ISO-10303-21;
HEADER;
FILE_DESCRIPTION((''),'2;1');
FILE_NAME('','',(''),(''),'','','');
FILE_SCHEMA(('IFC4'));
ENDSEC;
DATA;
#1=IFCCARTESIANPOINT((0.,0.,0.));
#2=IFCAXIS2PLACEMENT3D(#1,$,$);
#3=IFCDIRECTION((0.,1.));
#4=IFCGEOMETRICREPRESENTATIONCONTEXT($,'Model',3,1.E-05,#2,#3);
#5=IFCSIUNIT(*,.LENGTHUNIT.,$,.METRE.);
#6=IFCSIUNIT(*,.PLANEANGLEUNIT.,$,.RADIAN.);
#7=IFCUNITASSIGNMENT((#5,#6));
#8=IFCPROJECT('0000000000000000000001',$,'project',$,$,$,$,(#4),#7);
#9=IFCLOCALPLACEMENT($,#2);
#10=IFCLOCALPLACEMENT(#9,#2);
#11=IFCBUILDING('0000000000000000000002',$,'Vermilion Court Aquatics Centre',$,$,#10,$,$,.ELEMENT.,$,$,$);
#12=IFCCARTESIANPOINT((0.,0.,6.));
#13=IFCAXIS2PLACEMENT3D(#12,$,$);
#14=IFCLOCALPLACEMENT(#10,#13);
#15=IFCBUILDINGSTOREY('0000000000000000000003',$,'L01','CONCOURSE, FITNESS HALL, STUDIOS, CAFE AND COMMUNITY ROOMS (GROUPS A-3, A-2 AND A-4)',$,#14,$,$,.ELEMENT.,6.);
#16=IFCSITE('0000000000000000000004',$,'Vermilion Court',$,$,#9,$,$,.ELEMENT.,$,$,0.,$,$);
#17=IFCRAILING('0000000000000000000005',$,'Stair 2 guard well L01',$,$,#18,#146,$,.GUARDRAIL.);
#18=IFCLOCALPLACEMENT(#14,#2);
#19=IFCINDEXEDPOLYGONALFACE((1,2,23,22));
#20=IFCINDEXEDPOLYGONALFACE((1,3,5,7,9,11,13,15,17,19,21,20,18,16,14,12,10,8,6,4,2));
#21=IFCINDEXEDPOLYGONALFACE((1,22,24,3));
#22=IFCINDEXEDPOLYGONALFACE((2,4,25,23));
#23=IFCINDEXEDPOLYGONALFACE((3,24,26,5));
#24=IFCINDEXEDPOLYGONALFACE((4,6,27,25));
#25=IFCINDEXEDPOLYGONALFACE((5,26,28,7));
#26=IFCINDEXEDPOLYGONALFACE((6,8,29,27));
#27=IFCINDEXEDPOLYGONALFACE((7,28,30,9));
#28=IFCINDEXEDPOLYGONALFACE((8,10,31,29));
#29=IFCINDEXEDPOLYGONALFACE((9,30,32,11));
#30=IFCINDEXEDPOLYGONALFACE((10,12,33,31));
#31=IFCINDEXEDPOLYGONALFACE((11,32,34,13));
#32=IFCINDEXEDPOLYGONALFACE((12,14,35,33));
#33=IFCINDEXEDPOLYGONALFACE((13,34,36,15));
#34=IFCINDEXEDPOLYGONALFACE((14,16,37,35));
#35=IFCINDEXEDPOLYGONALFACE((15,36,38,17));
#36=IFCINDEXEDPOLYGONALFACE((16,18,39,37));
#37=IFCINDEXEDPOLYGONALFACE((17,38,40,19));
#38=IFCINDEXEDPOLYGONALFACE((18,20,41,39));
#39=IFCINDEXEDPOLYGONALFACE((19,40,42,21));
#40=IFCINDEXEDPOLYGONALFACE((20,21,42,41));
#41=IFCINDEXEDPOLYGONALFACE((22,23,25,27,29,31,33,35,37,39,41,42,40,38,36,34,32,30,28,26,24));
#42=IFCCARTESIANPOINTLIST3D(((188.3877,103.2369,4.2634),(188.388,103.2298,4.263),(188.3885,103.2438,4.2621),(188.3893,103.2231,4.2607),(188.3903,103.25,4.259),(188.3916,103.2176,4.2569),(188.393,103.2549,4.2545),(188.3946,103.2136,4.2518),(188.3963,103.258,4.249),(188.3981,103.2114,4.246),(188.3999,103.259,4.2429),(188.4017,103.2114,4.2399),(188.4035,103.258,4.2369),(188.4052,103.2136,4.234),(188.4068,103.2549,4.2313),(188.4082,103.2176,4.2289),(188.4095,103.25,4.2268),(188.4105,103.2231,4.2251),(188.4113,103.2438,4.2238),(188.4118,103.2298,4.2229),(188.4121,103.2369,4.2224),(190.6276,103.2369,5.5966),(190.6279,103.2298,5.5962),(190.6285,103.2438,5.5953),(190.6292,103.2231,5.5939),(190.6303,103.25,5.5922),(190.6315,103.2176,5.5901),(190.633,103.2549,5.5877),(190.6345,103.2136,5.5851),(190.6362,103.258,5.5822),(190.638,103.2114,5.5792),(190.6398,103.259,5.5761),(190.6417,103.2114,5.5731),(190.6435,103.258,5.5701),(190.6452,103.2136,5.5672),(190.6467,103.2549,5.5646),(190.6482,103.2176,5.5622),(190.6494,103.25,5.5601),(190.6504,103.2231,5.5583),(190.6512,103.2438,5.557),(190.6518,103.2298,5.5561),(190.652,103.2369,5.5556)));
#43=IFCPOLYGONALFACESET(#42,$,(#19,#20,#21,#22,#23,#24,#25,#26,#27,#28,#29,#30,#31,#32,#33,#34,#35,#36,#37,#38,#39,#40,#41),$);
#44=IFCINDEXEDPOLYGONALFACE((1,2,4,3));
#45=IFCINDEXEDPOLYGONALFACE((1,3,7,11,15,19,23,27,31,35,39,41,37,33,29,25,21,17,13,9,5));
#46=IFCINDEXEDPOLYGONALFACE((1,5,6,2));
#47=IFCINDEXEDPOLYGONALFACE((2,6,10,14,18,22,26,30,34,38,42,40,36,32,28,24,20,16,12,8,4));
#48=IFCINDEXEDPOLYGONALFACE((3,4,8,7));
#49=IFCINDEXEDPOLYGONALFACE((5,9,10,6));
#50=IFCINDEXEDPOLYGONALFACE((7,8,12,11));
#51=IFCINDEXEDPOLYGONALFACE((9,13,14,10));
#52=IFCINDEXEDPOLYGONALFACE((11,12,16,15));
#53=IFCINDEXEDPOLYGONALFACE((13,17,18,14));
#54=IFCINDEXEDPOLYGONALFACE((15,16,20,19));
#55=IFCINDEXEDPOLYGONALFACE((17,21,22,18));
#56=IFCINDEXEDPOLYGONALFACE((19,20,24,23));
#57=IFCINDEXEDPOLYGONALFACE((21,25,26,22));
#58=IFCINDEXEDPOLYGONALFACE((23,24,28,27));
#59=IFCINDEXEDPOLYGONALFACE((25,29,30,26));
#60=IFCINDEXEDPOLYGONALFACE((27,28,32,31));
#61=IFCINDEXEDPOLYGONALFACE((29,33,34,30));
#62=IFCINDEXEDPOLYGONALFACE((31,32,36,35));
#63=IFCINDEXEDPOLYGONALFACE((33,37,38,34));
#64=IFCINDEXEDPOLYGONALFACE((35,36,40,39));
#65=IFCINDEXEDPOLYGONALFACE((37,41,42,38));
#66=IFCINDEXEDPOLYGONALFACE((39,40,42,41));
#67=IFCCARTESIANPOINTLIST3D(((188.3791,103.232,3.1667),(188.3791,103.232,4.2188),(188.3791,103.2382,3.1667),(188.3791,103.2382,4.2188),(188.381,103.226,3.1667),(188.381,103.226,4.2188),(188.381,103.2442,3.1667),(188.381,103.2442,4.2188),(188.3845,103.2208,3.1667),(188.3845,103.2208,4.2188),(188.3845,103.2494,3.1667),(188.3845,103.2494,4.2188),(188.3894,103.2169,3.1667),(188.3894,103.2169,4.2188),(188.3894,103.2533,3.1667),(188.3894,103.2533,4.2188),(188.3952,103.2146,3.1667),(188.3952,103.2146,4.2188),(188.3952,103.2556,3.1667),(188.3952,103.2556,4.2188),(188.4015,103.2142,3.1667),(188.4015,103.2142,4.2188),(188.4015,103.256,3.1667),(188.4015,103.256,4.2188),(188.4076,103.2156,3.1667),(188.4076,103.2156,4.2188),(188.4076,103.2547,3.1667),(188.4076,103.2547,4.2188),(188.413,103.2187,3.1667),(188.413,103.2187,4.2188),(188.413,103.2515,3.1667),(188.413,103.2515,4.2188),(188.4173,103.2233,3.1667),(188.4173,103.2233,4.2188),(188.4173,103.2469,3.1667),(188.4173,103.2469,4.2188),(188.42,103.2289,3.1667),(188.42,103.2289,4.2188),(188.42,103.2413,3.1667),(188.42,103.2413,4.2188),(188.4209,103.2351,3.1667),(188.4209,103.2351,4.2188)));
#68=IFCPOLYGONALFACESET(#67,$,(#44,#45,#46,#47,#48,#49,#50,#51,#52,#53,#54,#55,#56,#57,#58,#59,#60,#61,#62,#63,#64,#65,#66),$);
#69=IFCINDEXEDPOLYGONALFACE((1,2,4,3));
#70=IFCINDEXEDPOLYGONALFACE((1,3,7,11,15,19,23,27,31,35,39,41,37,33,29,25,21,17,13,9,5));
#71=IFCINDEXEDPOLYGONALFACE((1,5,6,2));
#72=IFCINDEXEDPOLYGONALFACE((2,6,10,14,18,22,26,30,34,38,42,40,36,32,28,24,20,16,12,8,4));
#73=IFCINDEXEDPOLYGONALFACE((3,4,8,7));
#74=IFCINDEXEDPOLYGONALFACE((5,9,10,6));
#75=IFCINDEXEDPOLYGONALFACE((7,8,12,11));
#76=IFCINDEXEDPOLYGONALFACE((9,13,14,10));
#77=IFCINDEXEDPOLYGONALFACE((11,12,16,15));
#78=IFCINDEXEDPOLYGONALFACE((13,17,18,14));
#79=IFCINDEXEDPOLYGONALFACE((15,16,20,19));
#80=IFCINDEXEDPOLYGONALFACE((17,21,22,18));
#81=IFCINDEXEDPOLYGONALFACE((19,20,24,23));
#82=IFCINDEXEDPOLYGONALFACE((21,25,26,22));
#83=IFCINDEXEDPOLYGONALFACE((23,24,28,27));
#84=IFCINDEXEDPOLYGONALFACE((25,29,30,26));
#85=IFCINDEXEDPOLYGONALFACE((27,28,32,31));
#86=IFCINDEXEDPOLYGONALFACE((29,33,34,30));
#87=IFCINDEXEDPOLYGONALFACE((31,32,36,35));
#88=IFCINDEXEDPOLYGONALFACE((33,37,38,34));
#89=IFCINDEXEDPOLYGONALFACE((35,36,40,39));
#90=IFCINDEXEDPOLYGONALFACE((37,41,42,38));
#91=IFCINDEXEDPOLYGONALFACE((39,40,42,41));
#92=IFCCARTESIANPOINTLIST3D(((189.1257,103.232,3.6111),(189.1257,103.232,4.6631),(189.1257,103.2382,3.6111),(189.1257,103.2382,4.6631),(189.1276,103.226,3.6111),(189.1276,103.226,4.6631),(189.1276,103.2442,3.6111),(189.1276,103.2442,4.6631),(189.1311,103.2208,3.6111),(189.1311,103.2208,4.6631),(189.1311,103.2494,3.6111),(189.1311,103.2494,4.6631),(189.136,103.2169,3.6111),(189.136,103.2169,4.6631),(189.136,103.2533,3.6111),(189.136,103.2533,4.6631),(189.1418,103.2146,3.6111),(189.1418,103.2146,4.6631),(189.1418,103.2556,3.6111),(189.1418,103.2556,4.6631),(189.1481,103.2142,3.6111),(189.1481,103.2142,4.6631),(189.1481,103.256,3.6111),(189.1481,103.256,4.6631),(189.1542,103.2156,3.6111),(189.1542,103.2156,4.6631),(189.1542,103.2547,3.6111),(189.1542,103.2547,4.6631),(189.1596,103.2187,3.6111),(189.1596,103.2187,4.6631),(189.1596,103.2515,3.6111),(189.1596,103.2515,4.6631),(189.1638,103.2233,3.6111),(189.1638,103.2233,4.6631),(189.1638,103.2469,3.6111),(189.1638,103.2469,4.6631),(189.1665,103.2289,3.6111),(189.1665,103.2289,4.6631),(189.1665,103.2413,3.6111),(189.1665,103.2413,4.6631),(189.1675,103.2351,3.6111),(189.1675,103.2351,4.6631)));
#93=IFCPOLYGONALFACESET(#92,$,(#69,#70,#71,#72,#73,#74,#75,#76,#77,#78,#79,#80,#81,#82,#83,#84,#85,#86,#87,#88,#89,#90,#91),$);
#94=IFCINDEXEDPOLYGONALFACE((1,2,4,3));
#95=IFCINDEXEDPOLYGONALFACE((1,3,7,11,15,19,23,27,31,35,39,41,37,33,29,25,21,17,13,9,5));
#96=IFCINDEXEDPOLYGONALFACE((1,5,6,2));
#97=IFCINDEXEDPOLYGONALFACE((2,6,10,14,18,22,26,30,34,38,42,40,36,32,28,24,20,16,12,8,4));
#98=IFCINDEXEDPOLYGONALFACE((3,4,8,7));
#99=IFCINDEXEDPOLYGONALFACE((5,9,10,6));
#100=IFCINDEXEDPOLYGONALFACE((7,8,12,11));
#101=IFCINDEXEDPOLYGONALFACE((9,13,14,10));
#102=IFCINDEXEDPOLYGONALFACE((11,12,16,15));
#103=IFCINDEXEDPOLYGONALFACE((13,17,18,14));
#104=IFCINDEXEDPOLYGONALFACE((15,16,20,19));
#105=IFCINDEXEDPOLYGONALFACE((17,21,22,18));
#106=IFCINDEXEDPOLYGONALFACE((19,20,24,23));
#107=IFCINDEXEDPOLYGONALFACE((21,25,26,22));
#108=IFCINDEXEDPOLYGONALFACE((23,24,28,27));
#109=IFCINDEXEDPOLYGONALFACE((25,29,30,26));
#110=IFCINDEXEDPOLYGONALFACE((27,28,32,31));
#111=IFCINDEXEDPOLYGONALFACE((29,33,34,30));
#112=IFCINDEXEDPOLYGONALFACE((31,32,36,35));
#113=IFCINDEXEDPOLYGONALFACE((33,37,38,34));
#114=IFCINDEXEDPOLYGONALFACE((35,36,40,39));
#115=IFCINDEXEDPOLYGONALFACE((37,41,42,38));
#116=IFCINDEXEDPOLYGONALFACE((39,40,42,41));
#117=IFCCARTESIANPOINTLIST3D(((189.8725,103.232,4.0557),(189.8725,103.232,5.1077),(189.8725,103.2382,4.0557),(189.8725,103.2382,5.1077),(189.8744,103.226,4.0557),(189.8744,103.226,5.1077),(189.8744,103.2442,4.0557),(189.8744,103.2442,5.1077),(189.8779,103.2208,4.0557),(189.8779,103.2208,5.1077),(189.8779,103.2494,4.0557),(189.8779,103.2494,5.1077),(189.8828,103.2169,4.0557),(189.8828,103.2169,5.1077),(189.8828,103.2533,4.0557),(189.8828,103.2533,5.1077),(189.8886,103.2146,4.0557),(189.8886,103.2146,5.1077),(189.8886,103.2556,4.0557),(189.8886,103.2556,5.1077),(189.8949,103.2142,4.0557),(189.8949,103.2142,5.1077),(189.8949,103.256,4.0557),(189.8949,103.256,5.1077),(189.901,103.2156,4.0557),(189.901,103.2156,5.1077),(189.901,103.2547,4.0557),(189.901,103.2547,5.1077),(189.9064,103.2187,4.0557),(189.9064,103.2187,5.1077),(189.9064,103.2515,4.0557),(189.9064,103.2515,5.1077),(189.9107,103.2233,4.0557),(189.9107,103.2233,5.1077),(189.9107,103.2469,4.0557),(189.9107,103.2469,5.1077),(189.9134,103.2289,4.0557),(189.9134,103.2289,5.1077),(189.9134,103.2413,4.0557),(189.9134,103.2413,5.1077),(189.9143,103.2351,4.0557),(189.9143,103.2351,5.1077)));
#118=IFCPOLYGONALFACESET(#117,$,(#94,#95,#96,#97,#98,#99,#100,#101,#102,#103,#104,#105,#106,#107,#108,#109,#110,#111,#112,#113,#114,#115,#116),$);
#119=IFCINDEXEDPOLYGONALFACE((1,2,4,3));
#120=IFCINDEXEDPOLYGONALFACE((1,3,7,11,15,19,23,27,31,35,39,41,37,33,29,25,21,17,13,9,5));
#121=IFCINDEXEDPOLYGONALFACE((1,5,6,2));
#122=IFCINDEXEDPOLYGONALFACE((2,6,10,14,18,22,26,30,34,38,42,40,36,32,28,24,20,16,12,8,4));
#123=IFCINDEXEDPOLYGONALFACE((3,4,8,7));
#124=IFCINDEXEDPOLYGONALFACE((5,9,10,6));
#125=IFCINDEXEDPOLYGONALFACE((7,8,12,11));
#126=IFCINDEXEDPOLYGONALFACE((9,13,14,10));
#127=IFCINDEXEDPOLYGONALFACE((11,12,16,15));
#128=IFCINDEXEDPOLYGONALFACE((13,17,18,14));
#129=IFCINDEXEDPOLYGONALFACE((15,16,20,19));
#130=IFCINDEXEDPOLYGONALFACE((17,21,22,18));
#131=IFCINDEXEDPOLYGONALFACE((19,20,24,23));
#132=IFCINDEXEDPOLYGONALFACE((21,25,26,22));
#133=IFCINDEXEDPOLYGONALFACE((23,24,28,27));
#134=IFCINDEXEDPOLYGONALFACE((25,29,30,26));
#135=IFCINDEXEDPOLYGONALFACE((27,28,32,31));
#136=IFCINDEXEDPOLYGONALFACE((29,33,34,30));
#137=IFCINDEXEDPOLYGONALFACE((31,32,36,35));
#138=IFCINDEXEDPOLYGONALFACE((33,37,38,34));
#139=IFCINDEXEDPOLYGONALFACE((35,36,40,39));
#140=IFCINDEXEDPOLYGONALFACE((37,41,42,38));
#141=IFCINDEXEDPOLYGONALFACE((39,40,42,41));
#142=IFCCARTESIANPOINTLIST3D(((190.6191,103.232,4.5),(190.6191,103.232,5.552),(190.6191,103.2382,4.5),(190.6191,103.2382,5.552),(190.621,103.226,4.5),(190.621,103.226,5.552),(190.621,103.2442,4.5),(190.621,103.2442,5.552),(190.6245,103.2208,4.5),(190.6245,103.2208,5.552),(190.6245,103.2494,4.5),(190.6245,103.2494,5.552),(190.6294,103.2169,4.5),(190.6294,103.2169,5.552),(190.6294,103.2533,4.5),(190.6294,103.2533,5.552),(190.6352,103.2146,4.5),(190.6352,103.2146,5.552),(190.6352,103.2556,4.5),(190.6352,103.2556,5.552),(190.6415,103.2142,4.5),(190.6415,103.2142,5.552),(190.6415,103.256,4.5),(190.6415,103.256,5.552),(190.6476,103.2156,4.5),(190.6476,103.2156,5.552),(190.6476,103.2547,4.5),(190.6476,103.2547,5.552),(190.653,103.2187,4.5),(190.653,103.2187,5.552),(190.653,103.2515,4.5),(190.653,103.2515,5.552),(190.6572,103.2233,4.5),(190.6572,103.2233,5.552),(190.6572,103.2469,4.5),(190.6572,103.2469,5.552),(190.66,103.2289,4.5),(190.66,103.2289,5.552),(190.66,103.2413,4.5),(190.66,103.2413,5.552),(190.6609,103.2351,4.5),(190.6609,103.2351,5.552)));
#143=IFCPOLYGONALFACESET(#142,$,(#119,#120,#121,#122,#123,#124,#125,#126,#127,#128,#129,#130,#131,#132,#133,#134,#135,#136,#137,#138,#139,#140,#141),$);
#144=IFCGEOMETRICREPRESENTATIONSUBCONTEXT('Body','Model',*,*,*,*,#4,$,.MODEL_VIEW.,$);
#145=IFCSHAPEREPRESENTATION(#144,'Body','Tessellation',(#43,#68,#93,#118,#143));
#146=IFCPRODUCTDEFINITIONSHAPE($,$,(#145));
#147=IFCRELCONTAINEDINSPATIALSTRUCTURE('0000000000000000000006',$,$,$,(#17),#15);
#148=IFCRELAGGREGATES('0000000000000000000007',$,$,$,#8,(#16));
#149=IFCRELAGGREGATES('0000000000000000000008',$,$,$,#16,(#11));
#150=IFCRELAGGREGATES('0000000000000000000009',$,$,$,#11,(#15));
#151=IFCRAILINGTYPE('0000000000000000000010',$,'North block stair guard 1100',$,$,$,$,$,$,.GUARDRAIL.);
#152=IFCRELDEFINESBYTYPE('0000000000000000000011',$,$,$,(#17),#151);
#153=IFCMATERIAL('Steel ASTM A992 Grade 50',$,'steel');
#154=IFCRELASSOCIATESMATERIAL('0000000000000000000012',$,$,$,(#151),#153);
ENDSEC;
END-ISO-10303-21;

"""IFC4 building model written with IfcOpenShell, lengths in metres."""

from ifc_helpers import new_model, si_unit, direction, frame, origin, origin_2d, place, context, subcontext, project, spatial, circle, extrude, material, type_object, element, save


model = new_model("IFC4")

# Units and contexts
model_context = context("Model", 3, precision=1e-05, world=origin(), true_north=direction((0.0, 1.0)))
body_context = subcontext(model_context, "Body", "Model", "MODEL_VIEW")
ifc_project = project(units=[si_unit("LENGTHUNIT", "METRE"), si_unit("PLANEANGLEUNIT", "RADIAN")], contexts=[model_context])

# Site, building, storey
site_placement = place(None, origin())
site = spatial("IfcSite", under=ifc_project, at=site_placement, Name="Vermilion Court", CompositionType="ELEMENT", RefElevation=0.0)
building_placement = place(site_placement, origin())
building = spatial("IfcBuilding", under=site, at=building_placement, Name="Vermilion Court Aquatics Centre", CompositionType="ELEMENT")
storey_placement = place(building_placement, frame((0.0, 0.0, 6.0)))
storey = spatial("IfcBuildingStorey", under=building, at=storey_placement, Name="L01", Description="CONCOURSE, FITNESS HALL, STUDIOS, CAFE AND COMMUNITY ROOMS (GROUPS A-3, A-2 AND A-4)", CompositionType="ELEMENT", Elevation=6.0)

# Railing
ifc_material_1 = material(Name="Steel ASTM A992 Grade 50", Category="steel")
railing_type_1 = type_object("IfcRailingType", Name="North block stair guard 1100", PredefinedType="GUARDRAIL", material=ifc_material_1)
for number, where, name in (
    (1, (188.3999, 103.2351, 3.1667), "Stair 2 guard well L01"),
):
    element("IfcRailing", number, at=place(storey_placement, frame(where)), inside=storey, type_object=railing_type_1, Name=name, PredefinedType="GUARDRAIL", context=body_context, shape_type="SweptSolid", body=[
        extrude(circle(Radius=0.0239, at=origin_2d()), frame((0.0, 0.0, 1.0762), z_axis=(0.859306, 0.0, 0.511462), x_axis=(0.0, 1.0, 0.0)), (0.0, 0.0, 1.0), 2.6067),
        extrude(circle(Radius=0.021, at=origin_2d()), origin(), (0.0, 0.0, 1.0), 1.052),
        extrude(circle(Radius=0.021, at=origin_2d()), frame((0.7466, 0.0, 0.4443)), (0.0, 0.0, 1.0), 1.052),
        extrude(circle(Radius=0.021, at=origin_2d()), frame((1.4934, 0.0, 0.8889)), (0.0, 0.0, 1.0), 1.052),
        extrude(circle(Radius=0.021, at=origin_2d()), frame((2.24, 0.0, 1.3333)), (0.0, 0.0, 1.0), 1.052),
    ])

save(model, "model.ifc")
